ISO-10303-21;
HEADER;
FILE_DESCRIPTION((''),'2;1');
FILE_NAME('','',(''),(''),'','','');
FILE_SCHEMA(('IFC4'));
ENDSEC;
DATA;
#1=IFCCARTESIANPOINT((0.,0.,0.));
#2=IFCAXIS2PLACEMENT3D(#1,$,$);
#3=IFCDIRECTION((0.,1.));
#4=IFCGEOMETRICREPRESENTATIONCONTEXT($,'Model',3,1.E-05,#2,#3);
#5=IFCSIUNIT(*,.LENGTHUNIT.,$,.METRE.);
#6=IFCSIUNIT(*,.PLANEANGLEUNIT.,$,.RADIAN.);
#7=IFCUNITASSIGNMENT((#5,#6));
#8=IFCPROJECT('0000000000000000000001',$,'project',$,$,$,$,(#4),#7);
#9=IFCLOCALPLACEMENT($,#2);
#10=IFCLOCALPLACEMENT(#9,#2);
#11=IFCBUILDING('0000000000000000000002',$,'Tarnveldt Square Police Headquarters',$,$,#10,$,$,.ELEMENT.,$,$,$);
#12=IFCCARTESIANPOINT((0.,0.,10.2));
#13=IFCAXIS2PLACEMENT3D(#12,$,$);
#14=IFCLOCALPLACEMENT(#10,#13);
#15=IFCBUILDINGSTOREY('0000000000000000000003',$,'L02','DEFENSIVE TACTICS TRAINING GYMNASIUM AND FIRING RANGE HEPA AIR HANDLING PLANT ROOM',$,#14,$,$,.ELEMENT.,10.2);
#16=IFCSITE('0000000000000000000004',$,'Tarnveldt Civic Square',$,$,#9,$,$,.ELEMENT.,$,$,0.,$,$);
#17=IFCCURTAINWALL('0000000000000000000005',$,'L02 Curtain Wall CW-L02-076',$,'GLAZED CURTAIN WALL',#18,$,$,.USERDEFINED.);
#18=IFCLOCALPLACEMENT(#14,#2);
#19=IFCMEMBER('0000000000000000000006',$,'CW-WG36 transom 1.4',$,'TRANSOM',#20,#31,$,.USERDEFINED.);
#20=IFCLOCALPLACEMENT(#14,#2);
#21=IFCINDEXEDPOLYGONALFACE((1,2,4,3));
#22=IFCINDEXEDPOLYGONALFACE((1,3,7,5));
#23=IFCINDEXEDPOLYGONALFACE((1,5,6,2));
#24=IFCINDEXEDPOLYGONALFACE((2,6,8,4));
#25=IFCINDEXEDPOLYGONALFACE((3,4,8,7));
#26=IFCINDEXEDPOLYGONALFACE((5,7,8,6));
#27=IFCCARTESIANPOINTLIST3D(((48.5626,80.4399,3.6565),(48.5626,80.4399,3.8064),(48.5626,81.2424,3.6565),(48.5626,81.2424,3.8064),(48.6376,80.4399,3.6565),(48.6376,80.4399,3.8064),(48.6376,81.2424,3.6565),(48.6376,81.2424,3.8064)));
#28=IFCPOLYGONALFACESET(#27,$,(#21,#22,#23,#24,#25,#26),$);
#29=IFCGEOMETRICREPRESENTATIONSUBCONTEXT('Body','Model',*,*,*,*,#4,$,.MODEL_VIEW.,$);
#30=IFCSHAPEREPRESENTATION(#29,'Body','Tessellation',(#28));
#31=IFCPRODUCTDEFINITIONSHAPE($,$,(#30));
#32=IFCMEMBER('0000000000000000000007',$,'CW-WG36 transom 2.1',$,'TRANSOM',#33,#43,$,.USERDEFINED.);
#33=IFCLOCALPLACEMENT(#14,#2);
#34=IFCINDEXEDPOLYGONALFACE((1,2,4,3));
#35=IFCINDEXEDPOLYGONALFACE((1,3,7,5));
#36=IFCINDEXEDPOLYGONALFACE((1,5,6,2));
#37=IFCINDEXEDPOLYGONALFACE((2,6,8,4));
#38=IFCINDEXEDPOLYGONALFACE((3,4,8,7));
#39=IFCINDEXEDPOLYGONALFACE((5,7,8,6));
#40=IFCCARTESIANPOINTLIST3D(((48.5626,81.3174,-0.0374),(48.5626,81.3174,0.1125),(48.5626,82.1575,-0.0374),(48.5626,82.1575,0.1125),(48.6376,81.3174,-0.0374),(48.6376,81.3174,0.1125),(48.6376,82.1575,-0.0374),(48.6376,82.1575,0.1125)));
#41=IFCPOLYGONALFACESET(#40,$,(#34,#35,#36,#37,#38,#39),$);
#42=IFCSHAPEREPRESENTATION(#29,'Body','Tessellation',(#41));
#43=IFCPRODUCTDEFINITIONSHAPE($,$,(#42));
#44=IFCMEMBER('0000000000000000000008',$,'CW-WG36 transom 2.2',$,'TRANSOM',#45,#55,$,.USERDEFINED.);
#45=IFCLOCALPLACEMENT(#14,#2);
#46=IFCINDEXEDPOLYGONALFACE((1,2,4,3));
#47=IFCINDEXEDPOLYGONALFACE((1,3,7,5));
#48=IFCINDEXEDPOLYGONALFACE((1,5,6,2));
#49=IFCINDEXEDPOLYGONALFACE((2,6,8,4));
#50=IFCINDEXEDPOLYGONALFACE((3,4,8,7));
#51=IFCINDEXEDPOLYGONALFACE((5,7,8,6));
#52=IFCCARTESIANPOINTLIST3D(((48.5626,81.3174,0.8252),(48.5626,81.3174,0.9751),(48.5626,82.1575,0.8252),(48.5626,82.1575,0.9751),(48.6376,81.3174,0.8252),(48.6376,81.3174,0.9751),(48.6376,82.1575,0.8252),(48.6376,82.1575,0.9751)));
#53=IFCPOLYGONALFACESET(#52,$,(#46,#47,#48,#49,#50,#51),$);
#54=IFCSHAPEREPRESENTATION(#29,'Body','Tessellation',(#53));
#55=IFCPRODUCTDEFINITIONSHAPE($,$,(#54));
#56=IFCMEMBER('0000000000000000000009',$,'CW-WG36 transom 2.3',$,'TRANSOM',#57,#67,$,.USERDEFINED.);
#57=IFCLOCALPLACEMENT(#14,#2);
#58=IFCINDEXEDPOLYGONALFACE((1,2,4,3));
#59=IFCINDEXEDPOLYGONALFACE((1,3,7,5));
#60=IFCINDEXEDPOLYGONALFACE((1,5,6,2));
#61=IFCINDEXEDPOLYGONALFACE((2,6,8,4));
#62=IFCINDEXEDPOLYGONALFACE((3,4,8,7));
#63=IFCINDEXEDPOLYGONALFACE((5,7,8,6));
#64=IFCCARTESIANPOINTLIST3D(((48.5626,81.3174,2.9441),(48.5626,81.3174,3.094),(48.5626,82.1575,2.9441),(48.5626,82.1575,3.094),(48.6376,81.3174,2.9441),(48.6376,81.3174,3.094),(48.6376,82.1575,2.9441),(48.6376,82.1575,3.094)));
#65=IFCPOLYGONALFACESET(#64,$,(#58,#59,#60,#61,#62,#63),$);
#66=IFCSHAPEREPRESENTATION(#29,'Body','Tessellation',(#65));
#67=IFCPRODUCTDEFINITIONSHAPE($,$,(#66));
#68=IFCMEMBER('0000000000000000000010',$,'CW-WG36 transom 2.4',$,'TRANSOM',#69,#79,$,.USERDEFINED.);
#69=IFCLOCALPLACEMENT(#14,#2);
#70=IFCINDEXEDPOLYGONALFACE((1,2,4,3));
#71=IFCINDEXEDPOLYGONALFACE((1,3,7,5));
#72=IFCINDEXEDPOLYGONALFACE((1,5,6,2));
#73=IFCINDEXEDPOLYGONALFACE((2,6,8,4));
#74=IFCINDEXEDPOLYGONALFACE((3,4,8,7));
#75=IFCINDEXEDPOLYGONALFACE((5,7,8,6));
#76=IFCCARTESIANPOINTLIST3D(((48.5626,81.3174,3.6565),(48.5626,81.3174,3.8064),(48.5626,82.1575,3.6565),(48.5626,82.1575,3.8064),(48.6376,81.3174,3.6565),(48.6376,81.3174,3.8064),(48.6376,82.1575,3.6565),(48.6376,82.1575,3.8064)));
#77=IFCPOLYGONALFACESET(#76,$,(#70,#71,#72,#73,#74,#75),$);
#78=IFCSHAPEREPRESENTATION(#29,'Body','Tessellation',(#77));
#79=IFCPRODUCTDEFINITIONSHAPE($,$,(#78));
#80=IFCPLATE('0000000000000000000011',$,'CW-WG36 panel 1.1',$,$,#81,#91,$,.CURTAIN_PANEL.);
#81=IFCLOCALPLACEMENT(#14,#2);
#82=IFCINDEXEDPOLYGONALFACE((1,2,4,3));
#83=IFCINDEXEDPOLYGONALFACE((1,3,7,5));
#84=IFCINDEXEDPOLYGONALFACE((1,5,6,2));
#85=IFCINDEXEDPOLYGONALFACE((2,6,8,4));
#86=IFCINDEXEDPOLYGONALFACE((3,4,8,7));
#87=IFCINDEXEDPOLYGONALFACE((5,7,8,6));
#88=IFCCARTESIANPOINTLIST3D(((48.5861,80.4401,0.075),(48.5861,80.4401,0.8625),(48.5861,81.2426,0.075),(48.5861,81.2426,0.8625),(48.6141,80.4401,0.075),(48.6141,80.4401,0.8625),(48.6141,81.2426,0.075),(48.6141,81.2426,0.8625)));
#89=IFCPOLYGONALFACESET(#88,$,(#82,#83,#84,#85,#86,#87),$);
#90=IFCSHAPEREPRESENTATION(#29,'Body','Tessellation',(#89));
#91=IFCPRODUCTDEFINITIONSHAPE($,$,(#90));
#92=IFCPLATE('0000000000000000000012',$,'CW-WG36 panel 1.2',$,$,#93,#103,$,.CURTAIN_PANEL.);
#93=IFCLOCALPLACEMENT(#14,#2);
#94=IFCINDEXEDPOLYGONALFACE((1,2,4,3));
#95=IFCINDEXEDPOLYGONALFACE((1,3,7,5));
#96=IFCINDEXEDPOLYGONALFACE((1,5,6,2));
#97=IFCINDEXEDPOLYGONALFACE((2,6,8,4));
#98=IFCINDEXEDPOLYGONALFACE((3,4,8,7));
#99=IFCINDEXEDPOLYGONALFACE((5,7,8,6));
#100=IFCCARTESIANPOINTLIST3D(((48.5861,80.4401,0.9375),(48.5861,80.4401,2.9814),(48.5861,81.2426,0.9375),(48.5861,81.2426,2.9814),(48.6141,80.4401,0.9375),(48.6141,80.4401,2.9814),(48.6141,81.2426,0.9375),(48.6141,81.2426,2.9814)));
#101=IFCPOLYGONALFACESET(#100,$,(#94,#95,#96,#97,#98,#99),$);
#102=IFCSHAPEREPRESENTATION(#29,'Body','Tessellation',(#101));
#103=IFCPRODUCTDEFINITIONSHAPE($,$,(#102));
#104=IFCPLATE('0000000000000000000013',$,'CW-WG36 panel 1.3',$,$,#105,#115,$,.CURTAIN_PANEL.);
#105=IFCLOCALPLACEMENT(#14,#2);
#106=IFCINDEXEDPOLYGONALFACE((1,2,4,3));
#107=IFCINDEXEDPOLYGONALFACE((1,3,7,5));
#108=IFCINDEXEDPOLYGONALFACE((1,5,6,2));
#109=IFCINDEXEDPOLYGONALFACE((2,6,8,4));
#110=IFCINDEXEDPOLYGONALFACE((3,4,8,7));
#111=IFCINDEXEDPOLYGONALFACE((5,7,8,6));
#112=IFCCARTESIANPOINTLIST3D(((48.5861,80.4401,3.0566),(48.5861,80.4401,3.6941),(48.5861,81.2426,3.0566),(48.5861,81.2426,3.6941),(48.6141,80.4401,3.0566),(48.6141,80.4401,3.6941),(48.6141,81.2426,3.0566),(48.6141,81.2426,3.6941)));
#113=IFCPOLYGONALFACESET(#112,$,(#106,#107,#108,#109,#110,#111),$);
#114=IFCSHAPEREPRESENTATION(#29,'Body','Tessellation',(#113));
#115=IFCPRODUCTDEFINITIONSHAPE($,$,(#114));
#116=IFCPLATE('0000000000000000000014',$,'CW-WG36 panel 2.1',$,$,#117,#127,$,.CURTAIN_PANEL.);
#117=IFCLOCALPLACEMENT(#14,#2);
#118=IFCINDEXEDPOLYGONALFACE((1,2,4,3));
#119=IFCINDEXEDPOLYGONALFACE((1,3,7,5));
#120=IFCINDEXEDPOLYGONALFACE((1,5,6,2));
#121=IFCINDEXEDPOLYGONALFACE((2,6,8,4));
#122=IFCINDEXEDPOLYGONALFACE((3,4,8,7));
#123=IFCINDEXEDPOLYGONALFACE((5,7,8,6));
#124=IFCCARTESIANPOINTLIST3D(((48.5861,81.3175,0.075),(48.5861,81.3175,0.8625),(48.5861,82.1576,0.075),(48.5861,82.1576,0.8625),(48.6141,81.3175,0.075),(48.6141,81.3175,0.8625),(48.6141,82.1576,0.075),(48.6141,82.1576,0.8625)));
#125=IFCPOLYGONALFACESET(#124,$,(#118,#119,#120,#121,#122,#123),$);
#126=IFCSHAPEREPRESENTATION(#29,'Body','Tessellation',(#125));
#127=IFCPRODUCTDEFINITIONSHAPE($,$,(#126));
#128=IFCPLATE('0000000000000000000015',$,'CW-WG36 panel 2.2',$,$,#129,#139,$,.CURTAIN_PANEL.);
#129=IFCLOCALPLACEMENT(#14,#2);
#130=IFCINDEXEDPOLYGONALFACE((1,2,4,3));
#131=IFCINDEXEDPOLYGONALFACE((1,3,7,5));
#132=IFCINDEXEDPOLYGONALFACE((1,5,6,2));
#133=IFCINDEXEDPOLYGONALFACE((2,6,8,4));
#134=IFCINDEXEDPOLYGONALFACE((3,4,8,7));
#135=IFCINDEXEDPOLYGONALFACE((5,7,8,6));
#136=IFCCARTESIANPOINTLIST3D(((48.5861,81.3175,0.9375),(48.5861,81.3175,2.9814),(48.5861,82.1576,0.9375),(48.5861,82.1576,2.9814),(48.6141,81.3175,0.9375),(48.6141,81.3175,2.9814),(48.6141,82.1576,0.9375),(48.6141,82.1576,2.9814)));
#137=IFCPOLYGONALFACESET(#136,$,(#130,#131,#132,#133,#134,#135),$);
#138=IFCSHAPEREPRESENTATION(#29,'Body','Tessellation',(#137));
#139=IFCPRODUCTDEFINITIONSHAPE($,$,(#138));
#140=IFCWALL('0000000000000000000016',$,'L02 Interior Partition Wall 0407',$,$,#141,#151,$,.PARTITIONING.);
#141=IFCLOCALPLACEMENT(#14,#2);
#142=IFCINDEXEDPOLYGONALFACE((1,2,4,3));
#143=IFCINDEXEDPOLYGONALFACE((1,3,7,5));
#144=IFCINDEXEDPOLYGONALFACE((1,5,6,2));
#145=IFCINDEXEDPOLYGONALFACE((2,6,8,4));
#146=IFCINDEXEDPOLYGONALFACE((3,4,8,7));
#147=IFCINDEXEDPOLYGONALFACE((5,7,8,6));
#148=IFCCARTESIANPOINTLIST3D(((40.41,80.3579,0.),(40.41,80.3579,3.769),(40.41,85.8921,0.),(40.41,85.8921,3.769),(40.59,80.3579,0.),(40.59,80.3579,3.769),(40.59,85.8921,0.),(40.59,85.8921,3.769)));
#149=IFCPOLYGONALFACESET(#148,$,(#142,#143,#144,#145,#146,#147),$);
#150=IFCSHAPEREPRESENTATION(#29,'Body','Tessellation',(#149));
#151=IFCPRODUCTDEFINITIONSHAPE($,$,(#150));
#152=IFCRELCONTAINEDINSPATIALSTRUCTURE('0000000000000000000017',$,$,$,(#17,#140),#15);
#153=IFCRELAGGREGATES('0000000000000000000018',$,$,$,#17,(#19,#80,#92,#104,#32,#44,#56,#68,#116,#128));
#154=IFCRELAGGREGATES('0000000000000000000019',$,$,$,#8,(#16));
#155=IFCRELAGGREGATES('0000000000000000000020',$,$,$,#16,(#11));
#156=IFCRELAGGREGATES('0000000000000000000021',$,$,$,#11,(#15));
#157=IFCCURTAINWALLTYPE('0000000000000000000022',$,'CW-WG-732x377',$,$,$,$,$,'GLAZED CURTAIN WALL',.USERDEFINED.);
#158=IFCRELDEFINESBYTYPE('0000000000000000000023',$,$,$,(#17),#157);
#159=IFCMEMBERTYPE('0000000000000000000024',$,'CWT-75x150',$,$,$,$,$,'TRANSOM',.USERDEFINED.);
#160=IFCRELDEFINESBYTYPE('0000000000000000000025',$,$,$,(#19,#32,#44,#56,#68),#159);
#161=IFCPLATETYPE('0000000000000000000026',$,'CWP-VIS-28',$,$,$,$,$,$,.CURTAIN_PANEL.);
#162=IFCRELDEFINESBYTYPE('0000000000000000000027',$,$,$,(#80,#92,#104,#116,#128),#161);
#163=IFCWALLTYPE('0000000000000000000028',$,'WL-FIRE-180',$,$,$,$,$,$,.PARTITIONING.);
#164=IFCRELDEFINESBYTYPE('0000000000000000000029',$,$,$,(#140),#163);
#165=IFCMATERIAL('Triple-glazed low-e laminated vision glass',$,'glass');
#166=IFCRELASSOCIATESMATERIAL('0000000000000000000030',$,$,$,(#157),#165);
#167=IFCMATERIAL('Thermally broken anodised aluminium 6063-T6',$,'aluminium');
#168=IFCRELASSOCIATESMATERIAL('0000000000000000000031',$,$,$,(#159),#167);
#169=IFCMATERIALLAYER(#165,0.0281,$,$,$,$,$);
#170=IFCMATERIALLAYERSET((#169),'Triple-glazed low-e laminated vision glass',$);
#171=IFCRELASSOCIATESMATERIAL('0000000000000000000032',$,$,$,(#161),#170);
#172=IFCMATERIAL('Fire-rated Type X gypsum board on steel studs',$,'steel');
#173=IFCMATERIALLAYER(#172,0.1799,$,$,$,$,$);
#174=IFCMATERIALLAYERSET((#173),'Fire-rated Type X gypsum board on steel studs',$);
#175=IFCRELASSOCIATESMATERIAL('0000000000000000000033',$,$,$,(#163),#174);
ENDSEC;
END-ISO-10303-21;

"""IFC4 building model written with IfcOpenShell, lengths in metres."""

from ifc_helpers import new_model, si_unit, direction, frame, frame_2d, origin, origin_2d, place, context, subcontext, project, spatial, rectangle, extrude, material, layer, layer_set, material_profile, profile_set, type_object, element, aggregate, save


model = new_model("IFC4")

# Units and contexts
model_context = context("Model", 3, precision=1e-05, world=origin(), true_north=direction((0.0, 1.0)))
body_context = subcontext(model_context, "Body", "Model", "MODEL_VIEW")
ifc_project = project(units=[si_unit("LENGTHUNIT", "METRE"), si_unit("PLANEANGLEUNIT", "RADIAN")], contexts=[model_context])

# Site, building, storey
site_placement = place(None, origin())
site = spatial("IfcSite", under=ifc_project, at=site_placement, Name="Tarnveldt Civic Square", CompositionType="ELEMENT", RefElevation=0.0)
building_placement = place(site_placement, origin())
building = spatial("IfcBuilding", under=site, at=building_placement, Name="Tarnveldt Square Police Headquarters", CompositionType="ELEMENT")
storey_placement = place(building_placement, frame((0.0, 0.0, 10.2)))
storey = spatial("IfcBuildingStorey", under=building, at=storey_placement, Name="L02", Description="DEFENSIVE TACTICS TRAINING GYMNASIUM AND FIRING RANGE HEPA AIR HANDLING PLANT ROOM", CompositionType="ELEMENT", Elevation=10.2)

# Curtain wall, members, plates
ifc_material_1 = material(Name="Triple-glazed low-e laminated vision glass", Category="glass")
curtain_wall_type = type_object("IfcCurtainWallType", Name="CW-WG-732x377", ElementType="GLAZED CURTAIN WALL", PredefinedType="USERDEFINED", material=ifc_material_1)
curtain_wall_placement = place(storey_placement, origin())
curtain_wall = element("IfcCurtainWall", 1, at=curtain_wall_placement, inside=storey, type_object=curtain_wall_type, Name="L02 Curtain Wall CW-L02-076", ObjectType="GLAZED CURTAIN WALL", PredefinedType="USERDEFINED")
ifc_material_2 = material(Name="Thermally broken anodised aluminium 6063-T6", Category="aluminium")
ifc_material_profile_1 = material_profile(ifc_material_2, rectangle(XDim=0.075, YDim=0.1499, at=origin_2d()), Name="CW-T75x150")
ifc_profile_set_1 = profile_set([ifc_material_profile_1], Name="Thermally broken anodised aluminium 6063-T6")
member_type_1 = type_object("IfcMemberType", Name="CWT-75x150", ElementType="TRANSOM", PredefinedType="USERDEFINED", material=ifc_profile_set_1)
member_1_placement = place(storey_placement, frame((48.6001, 80.4399, 3.7314), z_axis=(0.0, 1.0, 0.0), x_axis=(-1.0, 0.0, 0.0)))
member_1 = element("IfcMember", 2, at=member_1_placement, type_object=member_type_1, Name="CW-WG36 transom 1.4", ObjectType="TRANSOM", PredefinedType="USERDEFINED", context=body_context, shape_type="SweptSolid", body=[
    extrude(rectangle(XDim=0.075, YDim=0.1499, at=origin_2d()), origin(), (0.0, 0.0, 1.0), 0.8025),
])
member_2_placement = place(storey_placement, frame((48.6001, 81.3174, 0.0376), z_axis=(0.0, 1.0, 0.0), x_axis=(-1.0, 0.0, 0.0)))
member_2 = element("IfcMember", 3, at=member_2_placement, type_object=member_type_1, Name="CW-WG36 transom 2.1", ObjectType="TRANSOM", PredefinedType="USERDEFINED", context=body_context, shape_type="SweptSolid", body=[
    extrude(rectangle(XDim=0.075, YDim=0.1499, at=origin_2d()), origin(), (0.0, 0.0, 1.0), 0.8401),
])
member_3_placement = place(storey_placement, frame((48.6001, 81.3174, 0.9001), z_axis=(0.0, 1.0, 0.0), x_axis=(-1.0, 0.0, 0.0)))
member_3 = element("IfcMember", 4, at=member_3_placement, type_object=member_type_1, Name="CW-WG36 transom 2.2", ObjectType="TRANSOM", PredefinedType="USERDEFINED", context=body_context, shape_type="SweptSolid", body=[
    extrude(rectangle(XDim=0.075, YDim=0.1499, at=origin_2d()), origin(), (0.0, 0.0, 1.0), 0.8401),
])
member_4_placement = place(storey_placement, frame((48.6001, 81.3174, 3.019), z_axis=(0.0, 1.0, 0.0), x_axis=(-1.0, 0.0, 0.0)))
member_4 = element("IfcMember", 5, at=member_4_placement, type_object=member_type_1, Name="CW-WG36 transom 2.3", ObjectType="TRANSOM", PredefinedType="USERDEFINED", context=body_context, shape_type="SweptSolid", body=[
    extrude(rectangle(XDim=0.075, YDim=0.1499, at=origin_2d()), origin(), (0.0, 0.0, 1.0), 0.8401),
])
member_5_placement = place(storey_placement, frame((48.6001, 81.3174, 3.7314), z_axis=(0.0, 1.0, 0.0), x_axis=(-1.0, 0.0, 0.0)))
member_5 = element("IfcMember", 6, at=member_5_placement, type_object=member_type_1, Name="CW-WG36 transom 2.4", ObjectType="TRANSOM", PredefinedType="USERDEFINED", context=body_context, shape_type="SweptSolid", body=[
    extrude(rectangle(XDim=0.075, YDim=0.1499, at=origin_2d()), origin(), (0.0, 0.0, 1.0), 0.8401),
])
ifc_layer_1 = layer(ifc_material_1, 0.0281)
ifc_layer_set_1 = layer_set([ifc_layer_1], Name="Triple-glazed low-e laminated vision glass")
plate_type = type_object("IfcPlateType", Name="CWP-VIS-28", PredefinedType="CURTAIN_PANEL", material=ifc_layer_set_1)
plate_1_placement = place(storey_placement, frame((48.6001, 80.8413, 0.075), z_axis=(0.0, 0.0, 1.0), x_axis=(0.0, 1.0, 0.0)))
plate_1 = element("IfcPlate", 7, at=plate_1_placement, type_object=plate_type, Name="CW-WG36 panel 1.1", PredefinedType="CURTAIN_PANEL", context=body_context, shape_type="SweptSolid", body=[
    extrude(rectangle(XDim=0.8025, YDim=0.0281, at=origin_2d()), origin(), (0.0, 0.0, 1.0), 0.7876),
])
plate_2_placement = place(storey_placement, frame((48.6001, 80.8413, 0.9375), z_axis=(0.0, 0.0, 1.0), x_axis=(0.0, 1.0, 0.0)))
plate_2 = element("IfcPlate", 8, at=plate_2_placement, type_object=plate_type, Name="CW-WG36 panel 1.2", PredefinedType="CURTAIN_PANEL", context=body_context, shape_type="SweptSolid", body=[
    extrude(rectangle(XDim=0.8025, YDim=0.0281, at=origin_2d()), origin(), (0.0, 0.0, 1.0), 2.0439),
])
plate_3_placement = place(storey_placement, frame((48.6001, 80.8413, 3.0566), z_axis=(0.0, 0.0, 1.0), x_axis=(0.0, 1.0, 0.0)))
plate_3 = element("IfcPlate", 9, at=plate_3_placement, type_object=plate_type, Name="CW-WG36 panel 1.3", PredefinedType="CURTAIN_PANEL", context=body_context, shape_type="SweptSolid", body=[
    extrude(rectangle(XDim=0.8025, YDim=0.0281, at=origin_2d()), origin(), (0.0, 0.0, 1.0), 0.6375),
])
plate_4_placement = place(storey_placement, frame((48.6001, 81.7375, 0.075), z_axis=(0.0, 0.0, 1.0), x_axis=(0.0, 1.0, 0.0)))
plate_4 = element("IfcPlate", 10, at=plate_4_placement, type_object=plate_type, Name="CW-WG36 panel 2.1", PredefinedType="CURTAIN_PANEL", context=body_context, shape_type="SweptSolid", body=[
    extrude(rectangle(XDim=0.8401, YDim=0.0281, at=origin_2d()), origin(), (0.0, 0.0, 1.0), 0.7876),
])
plate_5_placement = place(storey_placement, frame((48.6001, 81.7375, 0.9375), z_axis=(0.0, 0.0, 1.0), x_axis=(0.0, 1.0, 0.0)))
plate_5 = element("IfcPlate", 11, at=plate_5_placement, type_object=plate_type, Name="CW-WG36 panel 2.2", PredefinedType="CURTAIN_PANEL", context=body_context, shape_type="SweptSolid", body=[
    extrude(rectangle(XDim=0.8401, YDim=0.0281, at=origin_2d()), origin(), (0.0, 0.0, 1.0), 2.0439),
])
aggregate(curtain_wall, [member_1, plate_1, plate_2, plate_3, member_2, member_3, member_4, member_5, plate_4, plate_5])

# Wall
ifc_material_3 = material(Name="Fire-rated Type X gypsum board on steel studs", Category="steel")
ifc_layer_2 = layer(ifc_material_3, 0.1799)
ifc_layer_set_2 = layer_set([ifc_layer_2], Name="Fire-rated Type X gypsum board on steel studs")
wall_type = type_object("IfcWallType", Name="WL-FIRE-180", PredefinedType="PARTITIONING", material=ifc_layer_set_2)
wall_placement = place(storey_placement, frame((40.5, 80.3579, 0.0), z_axis=(0.0, 0.0, 1.0), x_axis=(0.0, 1.0, 0.0)))
element("IfcWall", 12, at=wall_placement, inside=storey, type_object=wall_type, Name="L02 Interior Partition Wall 0407", PredefinedType="PARTITIONING", context=body_context, shape_type="SweptSolid", body=[
    extrude(rectangle(XDim=5.5342, YDim=0.1799, at=frame_2d((2.7671, 0.0))), origin(), (0.0, 0.0, 1.0), 3.769),
])

save(model, "model.ifc")
